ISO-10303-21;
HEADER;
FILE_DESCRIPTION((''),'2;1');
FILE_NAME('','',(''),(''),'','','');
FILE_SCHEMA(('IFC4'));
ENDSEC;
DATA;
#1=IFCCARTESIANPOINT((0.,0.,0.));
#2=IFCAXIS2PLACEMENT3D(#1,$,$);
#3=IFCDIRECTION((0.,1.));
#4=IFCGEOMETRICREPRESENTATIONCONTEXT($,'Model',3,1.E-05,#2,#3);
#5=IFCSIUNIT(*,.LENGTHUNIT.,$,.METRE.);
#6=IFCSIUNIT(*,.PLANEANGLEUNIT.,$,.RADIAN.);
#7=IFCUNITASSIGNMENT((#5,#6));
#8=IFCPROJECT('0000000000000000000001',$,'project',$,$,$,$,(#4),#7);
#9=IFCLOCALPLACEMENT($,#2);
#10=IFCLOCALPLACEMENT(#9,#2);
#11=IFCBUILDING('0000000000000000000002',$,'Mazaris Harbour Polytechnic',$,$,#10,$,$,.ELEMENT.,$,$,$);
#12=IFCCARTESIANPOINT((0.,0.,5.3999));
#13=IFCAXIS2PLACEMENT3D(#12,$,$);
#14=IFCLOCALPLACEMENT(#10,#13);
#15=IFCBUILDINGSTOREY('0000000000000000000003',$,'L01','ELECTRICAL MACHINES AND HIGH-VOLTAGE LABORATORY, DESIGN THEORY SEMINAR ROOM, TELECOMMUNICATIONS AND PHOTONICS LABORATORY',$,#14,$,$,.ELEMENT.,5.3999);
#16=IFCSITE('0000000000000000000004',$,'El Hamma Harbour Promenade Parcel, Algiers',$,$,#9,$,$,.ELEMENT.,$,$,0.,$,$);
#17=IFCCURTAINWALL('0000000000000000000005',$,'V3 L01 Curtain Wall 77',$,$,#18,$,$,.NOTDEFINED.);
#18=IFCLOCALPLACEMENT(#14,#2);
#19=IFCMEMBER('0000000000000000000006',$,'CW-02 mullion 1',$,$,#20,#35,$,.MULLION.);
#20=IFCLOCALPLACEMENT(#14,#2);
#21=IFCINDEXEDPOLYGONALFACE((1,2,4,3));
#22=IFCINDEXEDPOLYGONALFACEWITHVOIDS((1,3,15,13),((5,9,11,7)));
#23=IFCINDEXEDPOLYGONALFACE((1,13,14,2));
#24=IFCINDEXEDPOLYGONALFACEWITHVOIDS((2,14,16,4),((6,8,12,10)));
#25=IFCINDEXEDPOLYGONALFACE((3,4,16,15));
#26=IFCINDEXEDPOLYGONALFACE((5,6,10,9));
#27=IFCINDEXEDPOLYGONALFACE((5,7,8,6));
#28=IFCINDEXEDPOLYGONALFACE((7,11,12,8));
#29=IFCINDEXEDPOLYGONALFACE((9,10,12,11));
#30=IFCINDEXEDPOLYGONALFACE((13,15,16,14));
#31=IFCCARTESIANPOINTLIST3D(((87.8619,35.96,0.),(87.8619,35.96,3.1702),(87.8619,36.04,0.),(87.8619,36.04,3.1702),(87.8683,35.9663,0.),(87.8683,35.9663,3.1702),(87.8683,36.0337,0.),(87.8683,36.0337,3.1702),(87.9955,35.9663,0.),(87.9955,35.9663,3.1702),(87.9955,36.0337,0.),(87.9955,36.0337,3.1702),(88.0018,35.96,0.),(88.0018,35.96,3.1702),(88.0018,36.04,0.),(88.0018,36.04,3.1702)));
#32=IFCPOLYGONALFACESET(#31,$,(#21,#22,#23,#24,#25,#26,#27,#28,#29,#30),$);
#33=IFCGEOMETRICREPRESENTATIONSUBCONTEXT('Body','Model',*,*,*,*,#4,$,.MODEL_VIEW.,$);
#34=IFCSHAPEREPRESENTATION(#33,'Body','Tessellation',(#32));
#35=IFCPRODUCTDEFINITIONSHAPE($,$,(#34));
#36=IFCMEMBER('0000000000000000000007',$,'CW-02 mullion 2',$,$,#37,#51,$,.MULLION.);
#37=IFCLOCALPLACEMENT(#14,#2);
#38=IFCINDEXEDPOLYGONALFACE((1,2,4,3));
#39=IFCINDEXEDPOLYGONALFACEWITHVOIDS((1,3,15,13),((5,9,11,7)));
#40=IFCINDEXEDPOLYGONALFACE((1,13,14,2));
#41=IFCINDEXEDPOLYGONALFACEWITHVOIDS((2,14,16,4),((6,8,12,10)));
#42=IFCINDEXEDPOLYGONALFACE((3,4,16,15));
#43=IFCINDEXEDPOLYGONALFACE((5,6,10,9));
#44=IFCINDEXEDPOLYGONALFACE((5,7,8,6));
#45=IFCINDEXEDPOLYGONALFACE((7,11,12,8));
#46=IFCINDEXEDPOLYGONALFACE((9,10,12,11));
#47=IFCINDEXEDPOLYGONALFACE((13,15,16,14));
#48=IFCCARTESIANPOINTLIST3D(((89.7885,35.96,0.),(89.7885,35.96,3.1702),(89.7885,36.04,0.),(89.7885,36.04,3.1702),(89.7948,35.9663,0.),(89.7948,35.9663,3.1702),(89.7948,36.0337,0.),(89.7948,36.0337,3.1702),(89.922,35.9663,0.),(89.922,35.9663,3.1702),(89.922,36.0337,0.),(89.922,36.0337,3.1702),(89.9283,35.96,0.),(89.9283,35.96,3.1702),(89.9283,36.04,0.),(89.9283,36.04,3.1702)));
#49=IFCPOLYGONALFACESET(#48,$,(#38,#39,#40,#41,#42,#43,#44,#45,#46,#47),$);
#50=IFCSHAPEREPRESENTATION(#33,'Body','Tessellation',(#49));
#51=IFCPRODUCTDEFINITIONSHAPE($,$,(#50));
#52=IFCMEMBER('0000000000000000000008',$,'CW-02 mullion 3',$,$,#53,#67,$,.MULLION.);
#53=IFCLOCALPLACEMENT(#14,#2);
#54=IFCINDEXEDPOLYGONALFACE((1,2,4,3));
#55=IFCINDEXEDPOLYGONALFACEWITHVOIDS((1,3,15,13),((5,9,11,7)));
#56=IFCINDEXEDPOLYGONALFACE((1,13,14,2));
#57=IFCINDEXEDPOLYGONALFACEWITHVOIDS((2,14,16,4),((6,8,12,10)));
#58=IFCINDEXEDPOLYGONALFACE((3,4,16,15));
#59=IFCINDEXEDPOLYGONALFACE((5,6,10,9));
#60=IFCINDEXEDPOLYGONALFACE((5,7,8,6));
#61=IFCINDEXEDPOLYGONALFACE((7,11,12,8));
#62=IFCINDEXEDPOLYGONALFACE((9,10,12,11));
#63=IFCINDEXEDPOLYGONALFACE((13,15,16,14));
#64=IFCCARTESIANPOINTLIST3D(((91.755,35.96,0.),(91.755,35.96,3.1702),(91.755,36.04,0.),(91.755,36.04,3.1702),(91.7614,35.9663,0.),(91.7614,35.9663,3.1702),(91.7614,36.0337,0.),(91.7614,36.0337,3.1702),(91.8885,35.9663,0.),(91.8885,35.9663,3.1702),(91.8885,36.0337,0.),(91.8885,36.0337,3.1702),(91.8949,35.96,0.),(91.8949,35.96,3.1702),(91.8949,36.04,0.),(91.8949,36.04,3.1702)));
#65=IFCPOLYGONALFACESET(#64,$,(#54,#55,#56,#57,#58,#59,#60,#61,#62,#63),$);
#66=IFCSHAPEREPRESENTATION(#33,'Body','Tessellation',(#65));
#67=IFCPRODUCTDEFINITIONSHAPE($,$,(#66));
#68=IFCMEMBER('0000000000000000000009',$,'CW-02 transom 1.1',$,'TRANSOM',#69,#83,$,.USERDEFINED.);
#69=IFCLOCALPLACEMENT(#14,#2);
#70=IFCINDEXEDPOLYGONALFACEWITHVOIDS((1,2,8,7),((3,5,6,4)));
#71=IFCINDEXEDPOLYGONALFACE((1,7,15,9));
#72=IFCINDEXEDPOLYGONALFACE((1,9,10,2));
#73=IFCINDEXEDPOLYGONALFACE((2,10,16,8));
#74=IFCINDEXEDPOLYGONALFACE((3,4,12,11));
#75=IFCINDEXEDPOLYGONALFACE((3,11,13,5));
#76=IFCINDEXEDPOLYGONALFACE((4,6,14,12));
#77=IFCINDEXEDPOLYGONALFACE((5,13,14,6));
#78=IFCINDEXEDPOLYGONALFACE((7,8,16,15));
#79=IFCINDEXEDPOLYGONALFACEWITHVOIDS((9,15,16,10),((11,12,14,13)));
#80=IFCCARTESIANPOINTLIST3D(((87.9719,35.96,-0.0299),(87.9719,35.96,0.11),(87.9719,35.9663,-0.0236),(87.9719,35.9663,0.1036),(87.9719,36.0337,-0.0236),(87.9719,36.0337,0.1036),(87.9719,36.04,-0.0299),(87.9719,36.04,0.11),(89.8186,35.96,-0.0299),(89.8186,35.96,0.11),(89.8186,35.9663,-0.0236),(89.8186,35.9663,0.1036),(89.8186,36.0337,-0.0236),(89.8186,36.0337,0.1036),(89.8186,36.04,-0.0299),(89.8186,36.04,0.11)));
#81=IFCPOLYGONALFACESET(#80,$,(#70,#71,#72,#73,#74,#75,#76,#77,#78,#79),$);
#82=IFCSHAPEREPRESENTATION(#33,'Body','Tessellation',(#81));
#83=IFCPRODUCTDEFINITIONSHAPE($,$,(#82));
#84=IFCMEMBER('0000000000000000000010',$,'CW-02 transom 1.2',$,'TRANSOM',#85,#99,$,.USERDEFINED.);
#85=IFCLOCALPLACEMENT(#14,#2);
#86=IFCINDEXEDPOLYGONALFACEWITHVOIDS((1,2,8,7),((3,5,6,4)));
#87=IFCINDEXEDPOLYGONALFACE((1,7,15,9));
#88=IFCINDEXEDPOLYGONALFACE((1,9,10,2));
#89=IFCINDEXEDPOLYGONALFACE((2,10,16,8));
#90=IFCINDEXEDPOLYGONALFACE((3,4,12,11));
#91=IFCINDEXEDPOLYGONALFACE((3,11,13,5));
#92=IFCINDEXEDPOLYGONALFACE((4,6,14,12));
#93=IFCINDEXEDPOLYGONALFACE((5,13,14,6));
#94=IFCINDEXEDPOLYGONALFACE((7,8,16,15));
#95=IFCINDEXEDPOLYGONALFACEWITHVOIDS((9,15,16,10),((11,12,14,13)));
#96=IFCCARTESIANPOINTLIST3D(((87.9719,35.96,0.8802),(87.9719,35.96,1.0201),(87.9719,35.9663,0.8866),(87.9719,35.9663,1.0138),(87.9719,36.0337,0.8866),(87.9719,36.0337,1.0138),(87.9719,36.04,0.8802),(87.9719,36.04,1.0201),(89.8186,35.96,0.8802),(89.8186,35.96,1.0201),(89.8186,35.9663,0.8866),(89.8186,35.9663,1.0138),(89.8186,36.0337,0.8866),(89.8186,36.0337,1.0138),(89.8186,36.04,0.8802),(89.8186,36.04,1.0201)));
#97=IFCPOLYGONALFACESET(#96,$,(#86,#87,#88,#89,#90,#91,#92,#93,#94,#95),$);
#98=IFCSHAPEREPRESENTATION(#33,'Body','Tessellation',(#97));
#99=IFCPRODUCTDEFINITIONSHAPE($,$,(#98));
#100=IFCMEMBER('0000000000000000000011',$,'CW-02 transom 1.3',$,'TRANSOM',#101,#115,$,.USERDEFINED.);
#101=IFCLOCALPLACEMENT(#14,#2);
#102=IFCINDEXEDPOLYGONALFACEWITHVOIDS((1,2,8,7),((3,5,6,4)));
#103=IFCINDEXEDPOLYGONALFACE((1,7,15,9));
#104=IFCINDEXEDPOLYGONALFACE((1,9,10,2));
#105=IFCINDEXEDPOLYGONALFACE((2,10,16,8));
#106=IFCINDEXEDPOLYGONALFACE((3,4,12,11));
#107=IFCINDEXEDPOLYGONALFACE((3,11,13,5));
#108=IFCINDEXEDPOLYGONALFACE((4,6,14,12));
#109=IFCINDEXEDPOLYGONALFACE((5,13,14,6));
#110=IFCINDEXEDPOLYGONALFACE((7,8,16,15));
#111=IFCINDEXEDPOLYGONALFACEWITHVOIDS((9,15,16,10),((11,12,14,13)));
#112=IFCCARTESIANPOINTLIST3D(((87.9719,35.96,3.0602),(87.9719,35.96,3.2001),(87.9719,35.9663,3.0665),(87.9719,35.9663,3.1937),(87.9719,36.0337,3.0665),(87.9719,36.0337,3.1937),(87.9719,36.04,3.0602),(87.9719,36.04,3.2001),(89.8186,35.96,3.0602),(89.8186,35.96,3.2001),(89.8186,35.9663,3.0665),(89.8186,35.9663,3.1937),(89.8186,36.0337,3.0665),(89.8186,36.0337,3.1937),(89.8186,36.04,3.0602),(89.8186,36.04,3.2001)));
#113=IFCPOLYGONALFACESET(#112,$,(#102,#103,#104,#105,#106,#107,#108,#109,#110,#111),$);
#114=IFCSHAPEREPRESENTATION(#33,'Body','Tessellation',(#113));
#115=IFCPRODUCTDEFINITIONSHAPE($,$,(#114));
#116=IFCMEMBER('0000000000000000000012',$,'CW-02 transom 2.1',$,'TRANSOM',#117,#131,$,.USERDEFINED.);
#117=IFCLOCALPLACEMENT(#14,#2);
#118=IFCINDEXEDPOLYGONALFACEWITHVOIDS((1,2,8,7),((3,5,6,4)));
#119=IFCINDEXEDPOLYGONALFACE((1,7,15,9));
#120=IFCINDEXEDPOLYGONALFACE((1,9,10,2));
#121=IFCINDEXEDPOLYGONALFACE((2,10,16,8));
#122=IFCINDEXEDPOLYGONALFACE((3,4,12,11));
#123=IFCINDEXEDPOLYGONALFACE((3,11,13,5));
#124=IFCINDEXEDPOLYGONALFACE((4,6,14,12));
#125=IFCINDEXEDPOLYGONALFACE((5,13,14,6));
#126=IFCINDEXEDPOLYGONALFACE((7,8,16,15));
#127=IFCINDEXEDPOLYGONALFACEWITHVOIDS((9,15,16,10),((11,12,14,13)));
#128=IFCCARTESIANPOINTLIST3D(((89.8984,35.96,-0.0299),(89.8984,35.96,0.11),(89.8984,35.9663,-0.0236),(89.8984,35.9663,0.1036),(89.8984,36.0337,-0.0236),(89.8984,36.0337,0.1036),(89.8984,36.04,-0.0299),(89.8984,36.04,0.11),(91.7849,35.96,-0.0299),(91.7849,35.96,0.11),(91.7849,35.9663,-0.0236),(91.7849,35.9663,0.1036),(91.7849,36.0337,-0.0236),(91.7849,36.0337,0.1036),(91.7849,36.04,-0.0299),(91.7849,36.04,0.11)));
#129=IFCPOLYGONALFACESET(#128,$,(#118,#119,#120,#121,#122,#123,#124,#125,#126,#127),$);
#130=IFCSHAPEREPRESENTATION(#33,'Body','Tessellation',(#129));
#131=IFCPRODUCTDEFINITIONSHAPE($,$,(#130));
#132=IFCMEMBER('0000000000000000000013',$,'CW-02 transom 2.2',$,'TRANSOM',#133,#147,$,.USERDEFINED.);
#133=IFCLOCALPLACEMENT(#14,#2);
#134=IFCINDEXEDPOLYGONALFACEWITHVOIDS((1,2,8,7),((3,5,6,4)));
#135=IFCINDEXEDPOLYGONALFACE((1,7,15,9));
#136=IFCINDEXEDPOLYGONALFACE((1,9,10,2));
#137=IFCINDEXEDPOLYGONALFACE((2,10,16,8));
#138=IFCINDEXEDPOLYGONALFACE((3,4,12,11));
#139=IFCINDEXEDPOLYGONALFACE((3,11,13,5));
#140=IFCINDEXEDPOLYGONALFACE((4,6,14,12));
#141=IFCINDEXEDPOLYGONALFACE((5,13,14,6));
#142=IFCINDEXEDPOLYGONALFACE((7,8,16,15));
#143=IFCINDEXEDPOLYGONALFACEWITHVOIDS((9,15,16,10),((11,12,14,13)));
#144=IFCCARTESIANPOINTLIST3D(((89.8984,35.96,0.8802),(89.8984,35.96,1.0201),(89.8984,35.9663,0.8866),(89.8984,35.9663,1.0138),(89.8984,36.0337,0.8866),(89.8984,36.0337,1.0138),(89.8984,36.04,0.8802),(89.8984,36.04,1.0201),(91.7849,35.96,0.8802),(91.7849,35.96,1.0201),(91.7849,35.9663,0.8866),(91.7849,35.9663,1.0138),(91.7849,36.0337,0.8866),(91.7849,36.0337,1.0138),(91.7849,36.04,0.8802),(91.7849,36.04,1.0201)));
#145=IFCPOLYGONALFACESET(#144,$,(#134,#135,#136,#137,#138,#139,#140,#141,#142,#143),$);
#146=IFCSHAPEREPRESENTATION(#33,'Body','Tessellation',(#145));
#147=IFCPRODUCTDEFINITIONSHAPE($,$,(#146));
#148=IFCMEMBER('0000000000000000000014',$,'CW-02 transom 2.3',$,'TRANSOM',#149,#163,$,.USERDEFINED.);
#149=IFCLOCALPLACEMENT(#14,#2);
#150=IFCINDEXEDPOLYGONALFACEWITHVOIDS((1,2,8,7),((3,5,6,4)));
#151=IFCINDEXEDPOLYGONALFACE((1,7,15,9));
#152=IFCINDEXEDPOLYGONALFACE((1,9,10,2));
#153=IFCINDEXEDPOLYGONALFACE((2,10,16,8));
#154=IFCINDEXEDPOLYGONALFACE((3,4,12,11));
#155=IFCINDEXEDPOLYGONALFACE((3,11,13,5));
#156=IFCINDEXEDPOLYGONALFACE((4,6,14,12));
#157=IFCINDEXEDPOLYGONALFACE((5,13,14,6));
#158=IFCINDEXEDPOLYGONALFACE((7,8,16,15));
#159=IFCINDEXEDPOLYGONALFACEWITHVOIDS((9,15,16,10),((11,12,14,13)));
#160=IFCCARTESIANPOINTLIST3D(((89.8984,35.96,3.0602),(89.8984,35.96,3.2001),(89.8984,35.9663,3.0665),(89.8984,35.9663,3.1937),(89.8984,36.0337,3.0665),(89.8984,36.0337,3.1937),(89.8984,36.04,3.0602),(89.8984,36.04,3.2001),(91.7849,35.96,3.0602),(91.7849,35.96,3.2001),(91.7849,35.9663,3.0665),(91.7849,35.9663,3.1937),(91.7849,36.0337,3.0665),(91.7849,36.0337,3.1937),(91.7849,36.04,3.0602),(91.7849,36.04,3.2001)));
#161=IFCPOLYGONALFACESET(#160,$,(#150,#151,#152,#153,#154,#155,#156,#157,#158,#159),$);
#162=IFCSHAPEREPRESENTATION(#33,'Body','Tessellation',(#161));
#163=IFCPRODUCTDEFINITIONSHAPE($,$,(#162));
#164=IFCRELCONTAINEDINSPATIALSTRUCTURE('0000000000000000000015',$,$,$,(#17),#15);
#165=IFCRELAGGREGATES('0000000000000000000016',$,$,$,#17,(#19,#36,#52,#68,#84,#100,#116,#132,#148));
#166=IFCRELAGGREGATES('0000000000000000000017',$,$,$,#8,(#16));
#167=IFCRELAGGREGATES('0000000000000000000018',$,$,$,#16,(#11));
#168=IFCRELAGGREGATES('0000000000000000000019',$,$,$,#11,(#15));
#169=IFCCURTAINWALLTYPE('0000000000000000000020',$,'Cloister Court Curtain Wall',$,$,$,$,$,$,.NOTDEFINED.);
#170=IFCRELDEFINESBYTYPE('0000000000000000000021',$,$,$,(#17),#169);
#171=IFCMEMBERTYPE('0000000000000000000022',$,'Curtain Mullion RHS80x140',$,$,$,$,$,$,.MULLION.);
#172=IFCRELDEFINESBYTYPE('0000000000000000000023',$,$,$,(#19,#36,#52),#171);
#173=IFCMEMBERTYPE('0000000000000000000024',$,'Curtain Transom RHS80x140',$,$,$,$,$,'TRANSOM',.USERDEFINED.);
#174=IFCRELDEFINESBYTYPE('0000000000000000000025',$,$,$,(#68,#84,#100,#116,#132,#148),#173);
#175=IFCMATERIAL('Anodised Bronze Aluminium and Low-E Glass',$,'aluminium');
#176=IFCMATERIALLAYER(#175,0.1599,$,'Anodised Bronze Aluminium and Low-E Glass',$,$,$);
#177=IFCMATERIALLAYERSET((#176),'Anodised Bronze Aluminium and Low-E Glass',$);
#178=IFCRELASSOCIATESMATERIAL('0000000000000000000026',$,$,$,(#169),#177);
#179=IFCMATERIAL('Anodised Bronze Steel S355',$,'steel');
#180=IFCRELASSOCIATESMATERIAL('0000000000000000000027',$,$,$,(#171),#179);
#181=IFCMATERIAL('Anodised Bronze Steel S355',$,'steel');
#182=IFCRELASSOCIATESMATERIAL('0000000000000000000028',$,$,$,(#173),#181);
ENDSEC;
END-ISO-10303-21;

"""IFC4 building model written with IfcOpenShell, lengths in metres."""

from ifc_helpers import new_model, si_unit, direction, frame, origin, origin_2d, place, context, subcontext, project, spatial, hollow_rectangle, extrude, material, layer, layer_set, material_profile, profile_set, type_object, element, aggregate, save


model = new_model("IFC4")

# Units and contexts
model_context = context("Model", 3, precision=1e-05, world=origin(), true_north=direction((0.0, 1.0)))
body_context = subcontext(model_context, "Body", "Model", "MODEL_VIEW")
ifc_project = project(units=[si_unit("LENGTHUNIT", "METRE"), si_unit("PLANEANGLEUNIT", "RADIAN")], contexts=[model_context])

# Site, building, storey
site_placement = place(None, origin())
site = spatial("IfcSite", under=ifc_project, at=site_placement, Name="El Hamma Harbour Promenade Parcel, Algiers", CompositionType="ELEMENT", RefElevation=0.0)
building_placement = place(site_placement, origin())
building = spatial("IfcBuilding", under=site, at=building_placement, Name="Mazaris Harbour Polytechnic", CompositionType="ELEMENT")
storey_placement = place(building_placement, frame((0.0, 0.0, 5.3999)))
storey = spatial("IfcBuildingStorey", under=building, at=storey_placement, Name="L01", Description="ELECTRICAL MACHINES AND HIGH-VOLTAGE LABORATORY, DESIGN THEORY SEMINAR ROOM, TELECOMMUNICATIONS AND PHOTONICS LABORATORY", CompositionType="ELEMENT", Elevation=5.3999)

# Curtain wall, members
ifc_material_1 = material(Name="Anodised Bronze Aluminium and Low-E Glass", Category="aluminium")
ifc_layer_1 = layer(ifc_material_1, 0.1599, Name="Anodised Bronze Aluminium and Low-E Glass")
ifc_layer_set_1 = layer_set([ifc_layer_1], Name="Anodised Bronze Aluminium and Low-E Glass")
curtain_wall_type = type_object("IfcCurtainWallType", Name="Cloister Court Curtain Wall", PredefinedType="NOTDEFINED", material=ifc_layer_set_1)
curtain_wall_placement = place(storey_placement, origin())
curtain_wall = element("IfcCurtainWall", 1, at=curtain_wall_placement, inside=storey, type_object=curtain_wall_type, Name="V3 L01 Curtain Wall 77", PredefinedType="NOTDEFINED")
ifc_material_2 = material(Name="Anodised Bronze Steel S355", Category="steel")
ifc_material_profile_1 = material_profile(ifc_material_2, hollow_rectangle(XDim=0.0801, YDim=0.1399, WallThickness=0.0063, at=origin_2d()), Name="RHS 80x140x6.3")
ifc_profile_set_1 = profile_set([ifc_material_profile_1], Name="Anodised Bronze Steel S355")
member_type_1 = type_object("IfcMemberType", Name="Curtain Mullion RHS80x140", PredefinedType="MULLION", material=ifc_profile_set_1)
member_1_placement = place(storey_placement, frame((87.9319, 36.0, 0.0), z_axis=(0.0, 0.0, 1.0), x_axis=(0.0, 1.0, 0.0)))
member_1 = element("IfcMember", 2, at=member_1_placement, type_object=member_type_1, Name="CW-02 mullion 1", PredefinedType="MULLION", context=body_context, shape_type="SweptSolid", body=[
    extrude(hollow_rectangle(XDim=0.0801, YDim=0.1399, WallThickness=0.0063, at=origin_2d()), origin(), (0.0, 0.0, 1.0), 3.1702),
])
member_2_placement = place(storey_placement, frame((89.8584, 36.0, 0.0), z_axis=(0.0, 0.0, 1.0), x_axis=(0.0, 1.0, 0.0)))
member_2 = element("IfcMember", 3, at=member_2_placement, type_object=member_type_1, Name="CW-02 mullion 2", PredefinedType="MULLION", context=body_context, shape_type="SweptSolid", body=[
    extrude(hollow_rectangle(XDim=0.0801, YDim=0.1399, WallThickness=0.0063, at=origin_2d()), origin(), (0.0, 0.0, 1.0), 3.1702),
])
member_3_placement = place(storey_placement, frame((91.825, 36.0, 0.0), z_axis=(0.0, 0.0, 1.0), x_axis=(0.0, 1.0, 0.0)))
member_3 = element("IfcMember", 4, at=member_3_placement, type_object=member_type_1, Name="CW-02 mullion 3", PredefinedType="MULLION", context=body_context, shape_type="SweptSolid", body=[
    extrude(hollow_rectangle(XDim=0.0801, YDim=0.1399, WallThickness=0.0063, at=origin_2d()), origin(), (0.0, 0.0, 1.0), 3.1702),
])
ifc_material_3 = material(Name="Anodised Bronze Steel S355", Category="steel")
ifc_material_profile_2 = material_profile(ifc_material_3, hollow_rectangle(XDim=0.0801, YDim=0.1399, WallThickness=0.0063, at=origin_2d()), Name="RHS 80x140x6.3")
ifc_profile_set_2 = profile_set([ifc_material_profile_2], Name="Anodised Bronze Steel S355")
member_type_2 = type_object("IfcMemberType", Name="Curtain Transom RHS80x140", ElementType="TRANSOM", PredefinedType="USERDEFINED", material=ifc_profile_set_2)
member_4_placement = place(storey_placement, frame((87.9719, 36.0, 0.04), z_axis=(1.0, 0.0, 0.0), x_axis=(0.0, 1.0, 0.0)))
member_4 = element("IfcMember", 5, at=member_4_placement, type_object=member_type_2, Name="CW-02 transom 1.1", ObjectType="TRANSOM", PredefinedType="USERDEFINED", context=body_context, shape_type="SweptSolid", body=[
    extrude(hollow_rectangle(XDim=0.0801, YDim=0.1399, WallThickness=0.0063, at=origin_2d()), origin(), (0.0, 0.0, 1.0), 1.8467),
])
member_5_placement = place(storey_placement, frame((87.9719, 36.0, 0.9502), z_axis=(1.0, 0.0, 0.0), x_axis=(0.0, 1.0, 0.0)))
member_5 = element("IfcMember", 6, at=member_5_placement, type_object=member_type_2, Name="CW-02 transom 1.2", ObjectType="TRANSOM", PredefinedType="USERDEFINED", context=body_context, shape_type="SweptSolid", body=[
    extrude(hollow_rectangle(XDim=0.0801, YDim=0.1399, WallThickness=0.0063, at=origin_2d()), origin(), (0.0, 0.0, 1.0), 1.8467),
])
member_6_placement = place(storey_placement, frame((87.9719, 36.0, 3.1301), z_axis=(1.0, 0.0, 0.0), x_axis=(0.0, 1.0, 0.0)))
member_6 = element("IfcMember", 7, at=member_6_placement, type_object=member_type_2, Name="CW-02 transom 1.3", ObjectType="TRANSOM", PredefinedType="USERDEFINED", context=body_context, shape_type="SweptSolid", body=[
    extrude(hollow_rectangle(XDim=0.0801, YDim=0.1399, WallThickness=0.0063, at=origin_2d()), origin(), (0.0, 0.0, 1.0), 1.8467),
])
member_7_placement = place(storey_placement, frame((89.8984, 36.0, 0.04), z_axis=(1.0, 0.0, 0.0), x_axis=(0.0, 1.0, 0.0)))
member_7 = element("IfcMember", 8, at=member_7_placement, type_object=member_type_2, Name="CW-02 transom 2.1", ObjectType="TRANSOM", PredefinedType="USERDEFINED", context=body_context, shape_type="SweptSolid", body=[
    extrude(hollow_rectangle(XDim=0.0801, YDim=0.1399, WallThickness=0.0063, at=origin_2d()), origin(), (0.0, 0.0, 1.0), 1.8865),
])
member_8_placement = place(storey_placement, frame((89.8984, 36.0, 0.9502), z_axis=(1.0, 0.0, 0.0), x_axis=(0.0, 1.0, 0.0)))
member_8 = element("IfcMember", 9, at=member_8_placement, type_object=member_type_2, Name="CW-02 transom 2.2", ObjectType="TRANSOM", PredefinedType="USERDEFINED", context=body_context, shape_type="SweptSolid", body=[
    extrude(hollow_rectangle(XDim=0.0801, YDim=0.1399, WallThickness=0.0063, at=origin_2d()), origin(), (0.0, 0.0, 1.0), 1.8865),
])
member_9_placement = place(storey_placement, frame((89.8984, 36.0, 3.1301), z_axis=(1.0, 0.0, 0.0), x_axis=(0.0, 1.0, 0.0)))
member_9 = element("IfcMember", 10, at=member_9_placement, type_object=member_type_2, Name="CW-02 transom 2.3", ObjectType="TRANSOM", PredefinedType="USERDEFINED", context=body_context, shape_type="SweptSolid", body=[
    extrude(hollow_rectangle(XDim=0.0801, YDim=0.1399, WallThickness=0.0063, at=origin_2d()), origin(), (0.0, 0.0, 1.0), 1.8865),
])

aggregate(curtain_wall, [member_1, member_2, member_3, member_4, member_5, member_6, member_7, member_8, member_9])

save(model, "model.ifc")
